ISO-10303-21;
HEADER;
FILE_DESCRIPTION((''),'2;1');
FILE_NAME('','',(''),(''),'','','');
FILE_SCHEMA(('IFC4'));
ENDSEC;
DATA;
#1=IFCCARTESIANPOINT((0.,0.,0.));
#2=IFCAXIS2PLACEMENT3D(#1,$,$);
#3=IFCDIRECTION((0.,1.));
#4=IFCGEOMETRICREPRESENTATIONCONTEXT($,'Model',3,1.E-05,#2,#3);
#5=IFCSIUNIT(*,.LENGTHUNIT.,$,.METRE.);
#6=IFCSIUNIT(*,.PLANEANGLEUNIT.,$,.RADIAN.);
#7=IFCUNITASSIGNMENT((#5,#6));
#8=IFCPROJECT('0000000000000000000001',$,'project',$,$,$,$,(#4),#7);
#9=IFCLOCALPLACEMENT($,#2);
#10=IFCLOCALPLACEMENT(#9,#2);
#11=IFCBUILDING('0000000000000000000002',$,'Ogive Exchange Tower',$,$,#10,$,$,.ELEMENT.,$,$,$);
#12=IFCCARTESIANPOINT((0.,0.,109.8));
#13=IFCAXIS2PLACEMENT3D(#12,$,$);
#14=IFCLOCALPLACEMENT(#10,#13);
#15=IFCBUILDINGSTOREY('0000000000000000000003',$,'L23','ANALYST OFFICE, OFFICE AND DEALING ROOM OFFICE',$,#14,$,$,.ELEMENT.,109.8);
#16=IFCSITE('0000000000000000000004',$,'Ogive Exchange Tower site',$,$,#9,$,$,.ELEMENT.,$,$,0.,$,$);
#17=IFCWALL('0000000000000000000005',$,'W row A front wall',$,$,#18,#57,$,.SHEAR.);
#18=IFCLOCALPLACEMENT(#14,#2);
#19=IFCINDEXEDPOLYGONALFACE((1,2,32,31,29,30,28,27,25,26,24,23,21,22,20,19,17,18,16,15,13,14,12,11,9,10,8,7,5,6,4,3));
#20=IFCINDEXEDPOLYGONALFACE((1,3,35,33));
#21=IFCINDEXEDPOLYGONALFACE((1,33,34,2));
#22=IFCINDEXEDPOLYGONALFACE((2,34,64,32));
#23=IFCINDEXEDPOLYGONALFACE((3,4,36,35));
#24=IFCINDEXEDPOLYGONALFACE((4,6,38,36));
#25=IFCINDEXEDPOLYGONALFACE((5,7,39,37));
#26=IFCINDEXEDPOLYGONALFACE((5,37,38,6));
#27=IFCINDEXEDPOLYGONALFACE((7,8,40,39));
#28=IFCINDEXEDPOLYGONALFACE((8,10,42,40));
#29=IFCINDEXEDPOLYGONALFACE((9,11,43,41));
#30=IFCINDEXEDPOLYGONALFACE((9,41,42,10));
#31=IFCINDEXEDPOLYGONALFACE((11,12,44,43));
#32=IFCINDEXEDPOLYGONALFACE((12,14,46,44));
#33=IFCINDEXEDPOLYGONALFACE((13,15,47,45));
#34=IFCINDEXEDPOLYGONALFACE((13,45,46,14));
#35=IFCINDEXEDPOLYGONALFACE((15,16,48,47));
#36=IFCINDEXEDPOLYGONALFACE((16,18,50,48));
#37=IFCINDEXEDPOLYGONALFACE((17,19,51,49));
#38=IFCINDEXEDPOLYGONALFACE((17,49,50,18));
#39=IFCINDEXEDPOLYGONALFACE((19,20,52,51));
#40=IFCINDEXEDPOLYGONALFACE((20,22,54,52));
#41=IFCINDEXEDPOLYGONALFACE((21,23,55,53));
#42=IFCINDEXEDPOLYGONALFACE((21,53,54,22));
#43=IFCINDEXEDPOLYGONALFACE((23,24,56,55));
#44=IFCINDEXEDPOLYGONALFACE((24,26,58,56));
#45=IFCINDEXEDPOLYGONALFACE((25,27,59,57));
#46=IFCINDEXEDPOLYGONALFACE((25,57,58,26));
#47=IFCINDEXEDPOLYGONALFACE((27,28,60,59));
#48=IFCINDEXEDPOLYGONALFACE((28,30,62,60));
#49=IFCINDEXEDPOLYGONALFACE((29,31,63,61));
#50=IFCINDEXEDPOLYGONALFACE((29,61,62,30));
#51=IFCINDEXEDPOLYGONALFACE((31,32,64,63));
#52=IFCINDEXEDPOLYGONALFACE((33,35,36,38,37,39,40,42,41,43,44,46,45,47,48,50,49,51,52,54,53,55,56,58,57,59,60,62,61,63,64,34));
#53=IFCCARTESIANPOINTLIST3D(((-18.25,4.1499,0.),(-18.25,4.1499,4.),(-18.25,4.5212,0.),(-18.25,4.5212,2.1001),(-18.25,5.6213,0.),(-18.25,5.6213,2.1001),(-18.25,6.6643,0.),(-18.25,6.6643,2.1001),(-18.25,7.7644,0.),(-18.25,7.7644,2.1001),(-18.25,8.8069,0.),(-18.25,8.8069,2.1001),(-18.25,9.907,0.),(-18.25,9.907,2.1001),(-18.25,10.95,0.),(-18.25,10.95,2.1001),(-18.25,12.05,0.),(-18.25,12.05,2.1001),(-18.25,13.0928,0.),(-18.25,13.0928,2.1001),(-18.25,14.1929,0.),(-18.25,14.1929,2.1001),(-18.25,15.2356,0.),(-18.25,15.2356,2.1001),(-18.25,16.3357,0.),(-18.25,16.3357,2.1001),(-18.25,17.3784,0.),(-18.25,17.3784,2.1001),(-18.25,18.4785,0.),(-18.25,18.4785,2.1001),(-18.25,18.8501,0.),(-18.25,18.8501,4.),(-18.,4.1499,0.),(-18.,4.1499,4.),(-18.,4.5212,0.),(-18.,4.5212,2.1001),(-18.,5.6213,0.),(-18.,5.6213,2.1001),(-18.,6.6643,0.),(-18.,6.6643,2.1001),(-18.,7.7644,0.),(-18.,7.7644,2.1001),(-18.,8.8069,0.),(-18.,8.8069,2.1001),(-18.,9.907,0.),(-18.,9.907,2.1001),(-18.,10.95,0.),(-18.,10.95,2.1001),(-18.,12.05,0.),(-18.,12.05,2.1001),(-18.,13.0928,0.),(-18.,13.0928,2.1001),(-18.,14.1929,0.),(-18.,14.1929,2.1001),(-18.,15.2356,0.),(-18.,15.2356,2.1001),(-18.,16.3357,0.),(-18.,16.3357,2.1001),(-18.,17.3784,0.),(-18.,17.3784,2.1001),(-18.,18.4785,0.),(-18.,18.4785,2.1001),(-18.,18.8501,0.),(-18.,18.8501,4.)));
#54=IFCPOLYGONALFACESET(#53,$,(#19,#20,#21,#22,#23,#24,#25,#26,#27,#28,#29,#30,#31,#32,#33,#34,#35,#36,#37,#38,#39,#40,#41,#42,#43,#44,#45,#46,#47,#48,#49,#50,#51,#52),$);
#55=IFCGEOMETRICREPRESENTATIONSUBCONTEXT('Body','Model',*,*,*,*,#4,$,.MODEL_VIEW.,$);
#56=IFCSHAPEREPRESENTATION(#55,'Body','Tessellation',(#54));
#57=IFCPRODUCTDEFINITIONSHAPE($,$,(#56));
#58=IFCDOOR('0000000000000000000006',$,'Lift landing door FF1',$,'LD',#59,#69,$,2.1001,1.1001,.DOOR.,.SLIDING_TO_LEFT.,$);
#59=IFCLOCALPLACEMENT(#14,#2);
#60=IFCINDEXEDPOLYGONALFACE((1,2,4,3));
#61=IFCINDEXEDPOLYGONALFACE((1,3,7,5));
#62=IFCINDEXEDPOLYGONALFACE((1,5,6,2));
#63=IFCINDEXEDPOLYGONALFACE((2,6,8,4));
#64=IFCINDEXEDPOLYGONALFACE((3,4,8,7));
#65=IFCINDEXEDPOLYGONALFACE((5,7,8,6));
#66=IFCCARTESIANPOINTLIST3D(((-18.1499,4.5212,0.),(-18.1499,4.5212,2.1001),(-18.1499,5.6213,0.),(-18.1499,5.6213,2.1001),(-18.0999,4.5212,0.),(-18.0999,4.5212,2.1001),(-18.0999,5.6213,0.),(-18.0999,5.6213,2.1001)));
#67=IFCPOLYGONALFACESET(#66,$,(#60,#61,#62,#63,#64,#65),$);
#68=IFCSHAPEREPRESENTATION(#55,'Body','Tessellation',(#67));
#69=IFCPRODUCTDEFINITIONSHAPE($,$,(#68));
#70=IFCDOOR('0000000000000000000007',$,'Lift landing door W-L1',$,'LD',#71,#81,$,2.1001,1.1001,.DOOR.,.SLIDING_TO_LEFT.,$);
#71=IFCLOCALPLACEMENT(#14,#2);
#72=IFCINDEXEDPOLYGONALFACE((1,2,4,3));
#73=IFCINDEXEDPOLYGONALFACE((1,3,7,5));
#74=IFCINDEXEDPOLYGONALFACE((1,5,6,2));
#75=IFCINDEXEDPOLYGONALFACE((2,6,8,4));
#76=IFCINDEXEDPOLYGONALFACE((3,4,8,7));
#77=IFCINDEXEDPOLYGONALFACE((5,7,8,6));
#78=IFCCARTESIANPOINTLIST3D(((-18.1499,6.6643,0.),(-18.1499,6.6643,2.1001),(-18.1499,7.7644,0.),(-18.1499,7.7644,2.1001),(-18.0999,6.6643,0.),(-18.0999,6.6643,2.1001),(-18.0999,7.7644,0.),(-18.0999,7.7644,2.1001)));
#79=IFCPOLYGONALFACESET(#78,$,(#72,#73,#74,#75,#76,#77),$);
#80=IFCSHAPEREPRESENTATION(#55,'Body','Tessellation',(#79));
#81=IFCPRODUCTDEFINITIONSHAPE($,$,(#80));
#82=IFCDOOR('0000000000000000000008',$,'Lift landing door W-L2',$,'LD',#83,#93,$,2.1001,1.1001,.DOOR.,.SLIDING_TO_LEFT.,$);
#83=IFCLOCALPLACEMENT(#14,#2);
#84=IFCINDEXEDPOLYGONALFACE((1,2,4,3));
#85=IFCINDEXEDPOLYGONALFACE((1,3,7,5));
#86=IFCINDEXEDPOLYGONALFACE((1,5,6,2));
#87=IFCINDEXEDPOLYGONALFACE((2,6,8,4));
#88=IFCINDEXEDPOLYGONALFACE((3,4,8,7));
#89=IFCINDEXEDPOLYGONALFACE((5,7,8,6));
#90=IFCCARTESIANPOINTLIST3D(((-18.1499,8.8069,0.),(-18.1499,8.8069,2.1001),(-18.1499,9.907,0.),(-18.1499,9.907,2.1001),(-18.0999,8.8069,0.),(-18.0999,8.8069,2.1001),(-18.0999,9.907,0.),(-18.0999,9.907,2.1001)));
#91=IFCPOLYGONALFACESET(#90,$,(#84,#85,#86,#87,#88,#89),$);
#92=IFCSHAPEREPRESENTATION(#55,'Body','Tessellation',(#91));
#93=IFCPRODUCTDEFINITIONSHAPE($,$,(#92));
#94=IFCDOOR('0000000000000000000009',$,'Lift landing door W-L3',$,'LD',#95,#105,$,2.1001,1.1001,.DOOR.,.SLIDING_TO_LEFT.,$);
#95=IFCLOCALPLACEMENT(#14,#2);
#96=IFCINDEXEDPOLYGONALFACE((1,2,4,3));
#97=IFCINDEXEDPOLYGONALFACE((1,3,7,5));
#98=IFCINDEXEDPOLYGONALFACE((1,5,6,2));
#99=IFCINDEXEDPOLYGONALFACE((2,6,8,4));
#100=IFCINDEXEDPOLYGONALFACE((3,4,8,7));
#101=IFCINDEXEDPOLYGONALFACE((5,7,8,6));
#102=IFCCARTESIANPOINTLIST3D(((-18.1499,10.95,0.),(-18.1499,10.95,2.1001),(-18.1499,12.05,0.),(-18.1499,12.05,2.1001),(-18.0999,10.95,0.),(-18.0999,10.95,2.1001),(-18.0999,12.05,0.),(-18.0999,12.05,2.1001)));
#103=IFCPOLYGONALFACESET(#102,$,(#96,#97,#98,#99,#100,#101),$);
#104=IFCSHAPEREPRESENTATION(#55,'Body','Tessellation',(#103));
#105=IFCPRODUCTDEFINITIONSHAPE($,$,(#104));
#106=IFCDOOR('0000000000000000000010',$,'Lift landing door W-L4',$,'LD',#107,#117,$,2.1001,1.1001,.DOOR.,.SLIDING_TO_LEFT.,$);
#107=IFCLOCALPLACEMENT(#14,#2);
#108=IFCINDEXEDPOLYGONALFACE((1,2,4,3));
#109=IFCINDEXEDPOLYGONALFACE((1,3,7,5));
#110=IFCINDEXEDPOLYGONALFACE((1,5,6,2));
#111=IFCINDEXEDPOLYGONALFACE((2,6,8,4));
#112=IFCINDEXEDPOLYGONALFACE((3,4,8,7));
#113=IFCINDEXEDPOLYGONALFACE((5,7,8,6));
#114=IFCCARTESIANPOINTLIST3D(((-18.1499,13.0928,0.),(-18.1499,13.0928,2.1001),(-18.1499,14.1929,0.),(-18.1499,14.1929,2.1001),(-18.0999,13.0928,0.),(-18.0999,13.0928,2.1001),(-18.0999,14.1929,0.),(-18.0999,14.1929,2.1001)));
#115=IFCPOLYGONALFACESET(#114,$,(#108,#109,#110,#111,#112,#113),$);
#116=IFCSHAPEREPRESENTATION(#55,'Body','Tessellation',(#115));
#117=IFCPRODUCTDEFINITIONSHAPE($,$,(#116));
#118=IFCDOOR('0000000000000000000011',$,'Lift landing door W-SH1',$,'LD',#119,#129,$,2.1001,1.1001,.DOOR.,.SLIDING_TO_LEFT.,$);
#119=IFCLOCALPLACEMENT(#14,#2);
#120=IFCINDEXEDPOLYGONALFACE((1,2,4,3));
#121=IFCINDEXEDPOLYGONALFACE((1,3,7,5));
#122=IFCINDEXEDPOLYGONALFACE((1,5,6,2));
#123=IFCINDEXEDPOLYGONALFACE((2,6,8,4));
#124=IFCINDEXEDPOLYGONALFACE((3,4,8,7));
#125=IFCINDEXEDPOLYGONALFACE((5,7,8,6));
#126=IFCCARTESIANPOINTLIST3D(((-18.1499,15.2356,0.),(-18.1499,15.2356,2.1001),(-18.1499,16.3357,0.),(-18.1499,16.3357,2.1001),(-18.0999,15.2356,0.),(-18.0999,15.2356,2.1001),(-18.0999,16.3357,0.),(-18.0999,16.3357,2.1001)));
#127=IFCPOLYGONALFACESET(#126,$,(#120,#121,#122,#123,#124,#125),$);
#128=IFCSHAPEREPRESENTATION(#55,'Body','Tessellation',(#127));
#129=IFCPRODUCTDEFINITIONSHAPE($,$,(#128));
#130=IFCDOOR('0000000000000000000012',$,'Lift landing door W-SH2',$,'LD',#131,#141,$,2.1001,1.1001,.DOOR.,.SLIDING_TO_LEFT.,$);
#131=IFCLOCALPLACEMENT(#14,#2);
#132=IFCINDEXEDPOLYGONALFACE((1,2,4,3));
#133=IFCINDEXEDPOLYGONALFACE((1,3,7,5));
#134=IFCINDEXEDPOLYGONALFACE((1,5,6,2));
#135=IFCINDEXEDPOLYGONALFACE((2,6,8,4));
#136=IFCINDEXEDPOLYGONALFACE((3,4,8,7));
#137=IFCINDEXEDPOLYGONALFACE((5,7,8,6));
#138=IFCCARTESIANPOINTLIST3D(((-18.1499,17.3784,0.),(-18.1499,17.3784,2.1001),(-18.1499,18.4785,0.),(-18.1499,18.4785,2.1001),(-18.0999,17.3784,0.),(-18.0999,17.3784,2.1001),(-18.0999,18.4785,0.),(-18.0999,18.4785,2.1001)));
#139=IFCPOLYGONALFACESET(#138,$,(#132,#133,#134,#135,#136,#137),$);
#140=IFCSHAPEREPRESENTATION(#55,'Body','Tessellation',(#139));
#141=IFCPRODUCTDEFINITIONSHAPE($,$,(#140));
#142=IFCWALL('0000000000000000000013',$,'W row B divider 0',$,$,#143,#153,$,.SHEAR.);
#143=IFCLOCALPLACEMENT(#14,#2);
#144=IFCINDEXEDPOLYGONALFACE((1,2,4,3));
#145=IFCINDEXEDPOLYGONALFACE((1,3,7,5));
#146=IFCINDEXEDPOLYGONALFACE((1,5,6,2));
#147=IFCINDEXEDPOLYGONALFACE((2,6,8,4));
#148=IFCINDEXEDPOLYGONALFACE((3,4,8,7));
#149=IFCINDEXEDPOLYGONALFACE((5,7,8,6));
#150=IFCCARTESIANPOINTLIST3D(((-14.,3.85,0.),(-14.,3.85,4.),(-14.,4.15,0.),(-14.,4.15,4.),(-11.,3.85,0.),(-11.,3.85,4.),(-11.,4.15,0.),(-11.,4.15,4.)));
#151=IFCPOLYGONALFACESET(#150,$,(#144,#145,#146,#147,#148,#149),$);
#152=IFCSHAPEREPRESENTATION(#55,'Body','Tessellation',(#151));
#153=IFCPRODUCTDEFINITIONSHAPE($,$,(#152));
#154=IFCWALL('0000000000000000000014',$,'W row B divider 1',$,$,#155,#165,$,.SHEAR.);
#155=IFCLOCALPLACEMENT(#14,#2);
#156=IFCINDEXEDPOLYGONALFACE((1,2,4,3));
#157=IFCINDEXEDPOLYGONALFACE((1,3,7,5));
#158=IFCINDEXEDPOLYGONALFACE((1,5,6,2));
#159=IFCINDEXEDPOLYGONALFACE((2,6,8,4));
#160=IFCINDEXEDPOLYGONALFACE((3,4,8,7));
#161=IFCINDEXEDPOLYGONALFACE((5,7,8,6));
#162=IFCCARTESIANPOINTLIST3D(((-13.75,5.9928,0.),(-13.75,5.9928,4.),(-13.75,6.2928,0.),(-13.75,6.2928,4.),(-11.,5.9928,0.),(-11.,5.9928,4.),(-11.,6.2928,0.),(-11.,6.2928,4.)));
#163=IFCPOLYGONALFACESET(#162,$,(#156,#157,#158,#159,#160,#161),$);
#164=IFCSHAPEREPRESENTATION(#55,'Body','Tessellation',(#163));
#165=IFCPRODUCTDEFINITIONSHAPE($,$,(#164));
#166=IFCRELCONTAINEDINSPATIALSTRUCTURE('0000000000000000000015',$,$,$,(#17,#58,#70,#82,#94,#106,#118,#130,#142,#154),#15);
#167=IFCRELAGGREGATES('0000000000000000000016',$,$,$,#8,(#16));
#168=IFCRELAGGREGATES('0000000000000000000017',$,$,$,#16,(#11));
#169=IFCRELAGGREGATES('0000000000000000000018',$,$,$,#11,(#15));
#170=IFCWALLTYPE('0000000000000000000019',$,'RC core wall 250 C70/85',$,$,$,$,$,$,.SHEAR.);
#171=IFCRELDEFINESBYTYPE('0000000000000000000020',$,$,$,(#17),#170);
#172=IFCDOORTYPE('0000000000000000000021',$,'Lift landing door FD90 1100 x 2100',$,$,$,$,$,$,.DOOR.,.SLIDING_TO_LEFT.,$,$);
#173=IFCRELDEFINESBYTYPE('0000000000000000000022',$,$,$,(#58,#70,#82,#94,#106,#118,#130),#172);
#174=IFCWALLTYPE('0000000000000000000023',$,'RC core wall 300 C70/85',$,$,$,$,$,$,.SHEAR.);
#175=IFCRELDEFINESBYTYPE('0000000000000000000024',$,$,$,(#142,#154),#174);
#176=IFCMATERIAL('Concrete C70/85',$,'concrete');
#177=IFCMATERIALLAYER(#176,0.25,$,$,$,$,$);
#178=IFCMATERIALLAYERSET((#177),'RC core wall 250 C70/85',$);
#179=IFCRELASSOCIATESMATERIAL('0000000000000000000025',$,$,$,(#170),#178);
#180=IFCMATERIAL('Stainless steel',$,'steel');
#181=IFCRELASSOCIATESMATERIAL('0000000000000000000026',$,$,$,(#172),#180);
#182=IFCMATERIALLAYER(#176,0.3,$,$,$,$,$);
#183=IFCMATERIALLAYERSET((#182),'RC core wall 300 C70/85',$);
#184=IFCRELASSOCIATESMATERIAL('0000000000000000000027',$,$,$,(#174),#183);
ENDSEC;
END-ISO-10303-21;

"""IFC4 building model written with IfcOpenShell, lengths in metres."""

from ifc_helpers import new_model, si_unit, direction, frame, frame_2d, origin, place, context, subcontext, project, spatial, rectangle, extrude, material, layer, layer_set, type_object, element, fill, save


model = new_model("IFC4")

# Units and contexts
model_context = context("Model", 3, precision=1e-05, world=origin(), true_north=direction((0.0, 1.0)))
body_context = subcontext(model_context, "Body", "Model", "MODEL_VIEW")
ifc_project = project(units=[si_unit("LENGTHUNIT", "METRE"), si_unit("PLANEANGLEUNIT", "RADIAN")], contexts=[model_context])

# Site, building, storey
site_placement = place(None, origin())
site = spatial("IfcSite", under=ifc_project, at=site_placement, Name="Ogive Exchange Tower site", CompositionType="ELEMENT", RefElevation=0.0)
building_placement = place(site_placement, origin())
building = spatial("IfcBuilding", under=site, at=building_placement, Name="Ogive Exchange Tower", CompositionType="ELEMENT")
storey_placement = place(building_placement, frame((0.0, 0.0, 109.8)))
storey = spatial("IfcBuildingStorey", under=building, at=storey_placement, Name="L23", Description="ANALYST OFFICE, OFFICE AND DEALING ROOM OFFICE", CompositionType="ELEMENT", Elevation=109.8)

# Shared definitions
ifc_material_1 = material(Name="Concrete C70/85", Category="concrete")

# Wall, openings, doors
ifc_layer_1 = layer(ifc_material_1, 0.25)
ifc_layer_set_1 = layer_set([ifc_layer_1], Name="RC core wall 250 C70/85")
wall_type_1 = type_object("IfcWallType", Name="RC core wall 250 C70/85", PredefinedType="SHEAR", material=ifc_layer_set_1)
wall_1_placement = place(storey_placement, frame((-18.125, 4.1499, 0.0), z_axis=(0.0, 0.0, 1.0), x_axis=(0.0, 1.0, 0.0)))
wall_1 = element("IfcWall", 1, at=wall_1_placement, inside=storey, type_object=wall_type_1, Name="W row A front wall", PredefinedType="SHEAR", context=body_context, shape_type="SweptSolid", body=[
    extrude(rectangle(XDim=14.7002, YDim=0.25, at=frame_2d((7.3501, 0.0))), origin(), (0.0, 0.0, 1.0), 4.0),
])
opening_1_placement = place(wall_1_placement, frame((0.3713, 0.0, 0.0)))
opening_1 = element("IfcOpeningElement", 2, at=opening_1_placement, cuts=wall_1, PredefinedType="OPENING", context=body_context, shape_type="SweptSolid", body=[
    extrude(rectangle(XDim=1.1001, YDim=2.1001, at=frame_2d((0.55, 1.05))), frame((0.0, 0.135, 0.0), z_axis=(0.0, -1.0, 0.0), x_axis=(1.0, 0.0, 0.0)), (0.0, 0.0, 1.0), 0.27),
])
opening_2_placement = place(wall_1_placement, frame((2.5144, 0.0, 0.0)))
opening_2 = element("IfcOpeningElement", 3, at=opening_2_placement, cuts=wall_1, PredefinedType="OPENING", context=body_context, shape_type="SweptSolid", body=[
    extrude(rectangle(XDim=1.1001, YDim=2.1001, at=frame_2d((0.55, 1.05))), frame((0.0, 0.135, 0.0), z_axis=(0.0, -1.0, 0.0), x_axis=(1.0, 0.0, 0.0)), (0.0, 0.0, 1.0), 0.27),
])
opening_3_placement = place(wall_1_placement, frame((4.657, 0.0, 0.0)))
opening_3 = element("IfcOpeningElement", 4, at=opening_3_placement, cuts=wall_1, PredefinedType="OPENING", context=body_context, shape_type="SweptSolid", body=[
    extrude(rectangle(XDim=1.1001, YDim=2.1001, at=frame_2d((0.55, 1.05))), frame((0.0, 0.135, 0.0), z_axis=(0.0, -1.0, 0.0), x_axis=(1.0, 0.0, 0.0)), (0.0, 0.0, 1.0), 0.27),
])
opening_4_placement = place(wall_1_placement, frame((6.8, 0.0, 0.0)))
opening_4 = element("IfcOpeningElement", 5, at=opening_4_placement, cuts=wall_1, PredefinedType="OPENING", context=body_context, shape_type="SweptSolid", body=[
    extrude(rectangle(XDim=1.1001, YDim=2.1001, at=frame_2d((0.55, 1.05))), frame((0.0, 0.135, 0.0), z_axis=(0.0, -1.0, 0.0), x_axis=(1.0, 0.0, 0.0)), (0.0, 0.0, 1.0), 0.27),
])
opening_5_placement = place(wall_1_placement, frame((8.9429, 0.0, 0.0)))
opening_5 = element("IfcOpeningElement", 6, at=opening_5_placement, cuts=wall_1, PredefinedType="OPENING", context=body_context, shape_type="SweptSolid", body=[
    extrude(rectangle(XDim=1.1001, YDim=2.1001, at=frame_2d((0.55, 1.05))), frame((0.0, 0.135, 0.0), z_axis=(0.0, -1.0, 0.0), x_axis=(1.0, 0.0, 0.0)), (0.0, 0.0, 1.0), 0.27),
])
opening_6_placement = place(wall_1_placement, frame((11.0857, 0.0, 0.0)))
opening_6 = element("IfcOpeningElement", 7, at=opening_6_placement, cuts=wall_1, PredefinedType="OPENING", context=body_context, shape_type="SweptSolid", body=[
    extrude(rectangle(XDim=1.1001, YDim=2.1001, at=frame_2d((0.55, 1.05))), frame((0.0, 0.135, 0.0), z_axis=(0.0, -1.0, 0.0), x_axis=(1.0, 0.0, 0.0)), (0.0, 0.0, 1.0), 0.27),
])
opening_7_placement = place(wall_1_placement, frame((13.2285, 0.0, 0.0)))
opening_7 = element("IfcOpeningElement", 8, at=opening_7_placement, cuts=wall_1, PredefinedType="OPENING", context=body_context, shape_type="SweptSolid", body=[
    extrude(rectangle(XDim=1.1001, YDim=2.1001, at=frame_2d((0.55, 1.05))), frame((0.0, 0.135, 0.0), z_axis=(0.0, -1.0, 0.0), x_axis=(1.0, 0.0, 0.0)), (0.0, 0.0, 1.0), 0.27),
])
ifc_material_2 = material(Name="Stainless steel", Category="steel")
door_type_1 = type_object("IfcDoorType", Name="Lift landing door FD90 1100 x 2100", OperationType="SLIDING_TO_LEFT", PredefinedType="DOOR", material=ifc_material_2)
door_1_placement = place(opening_1_placement, origin())
door_1 = element("IfcDoor", 9, at=door_1_placement, inside=storey, type_object=door_type_1, Name="Lift landing door FF1", ObjectType="LD", OperationType="SLIDING_TO_LEFT", OverallHeight=2.1001, OverallWidth=1.1001, PredefinedType="DOOR", context=body_context, shape_type="SweptSolid", body=[
    extrude(rectangle(XDim=1.1001, YDim=2.1001, at=frame_2d((0.55, 1.05))), frame((0.0, 0.0249, 0.0), z_axis=(0.0, -1.0, 0.0), x_axis=(1.0, 0.0, 0.0)), (0.0, 0.0, 1.0), 0.05),
])
fill(opening_1, door_1)
door_2_placement = place(opening_2_placement, origin())
door_2 = element("IfcDoor", 10, at=door_2_placement, inside=storey, type_object=door_type_1, Name="Lift landing door W-L1", ObjectType="LD", OperationType="SLIDING_TO_LEFT", OverallHeight=2.1001, OverallWidth=1.1001, PredefinedType="DOOR", context=body_context, shape_type="SweptSolid", body=[
    extrude(rectangle(XDim=1.1001, YDim=2.1001, at=frame_2d((0.55, 1.05))), frame((0.0, 0.0249, 0.0), z_axis=(0.0, -1.0, 0.0), x_axis=(1.0, 0.0, 0.0)), (0.0, 0.0, 1.0), 0.05),
])
fill(opening_2, door_2)
door_3_placement = place(opening_3_placement, origin())
door_3 = element("IfcDoor", 11, at=door_3_placement, inside=storey, type_object=door_type_1, Name="Lift landing door W-L2", ObjectType="LD", OperationType="SLIDING_TO_LEFT", OverallHeight=2.1001, OverallWidth=1.1001, PredefinedType="DOOR", context=body_context, shape_type="SweptSolid", body=[
    extrude(rectangle(XDim=1.1001, YDim=2.1001, at=frame_2d((0.55, 1.05))), frame((0.0, 0.0249, 0.0), z_axis=(0.0, -1.0, 0.0), x_axis=(1.0, 0.0, 0.0)), (0.0, 0.0, 1.0), 0.05),
])
fill(opening_3, door_3)
door_4_placement = place(opening_4_placement, origin())
door_4 = element("IfcDoor", 12, at=door_4_placement, inside=storey, type_object=door_type_1, Name="Lift landing door W-L3", ObjectType="LD", OperationType="SLIDING_TO_LEFT", OverallHeight=2.1001, OverallWidth=1.1001, PredefinedType="DOOR", context=body_context, shape_type="SweptSolid", body=[
    extrude(rectangle(XDim=1.1001, YDim=2.1001, at=frame_2d((0.55, 1.05))), frame((0.0, 0.0249, 0.0), z_axis=(0.0, -1.0, 0.0), x_axis=(1.0, 0.0, 0.0)), (0.0, 0.0, 1.0), 0.05),
])
fill(opening_4, door_4)
door_5_placement = place(opening_5_placement, origin())
door_5 = element("IfcDoor", 13, at=door_5_placement, inside=storey, type_object=door_type_1, Name="Lift landing door W-L4", ObjectType="LD", OperationType="SLIDING_TO_LEFT", OverallHeight=2.1001, OverallWidth=1.1001, PredefinedType="DOOR", context=body_context, shape_type="SweptSolid", body=[
    extrude(rectangle(XDim=1.1001, YDim=2.1001, at=frame_2d((0.55, 1.05))), frame((0.0, 0.0249, 0.0), z_axis=(0.0, -1.0, 0.0), x_axis=(1.0, 0.0, 0.0)), (0.0, 0.0, 1.0), 0.05),
])
fill(opening_5, door_5)
door_6_placement = place(opening_6_placement, origin())
door_6 = element("IfcDoor", 14, at=door_6_placement, inside=storey, type_object=door_type_1, Name="Lift landing door W-SH1", ObjectType="LD", OperationType="SLIDING_TO_LEFT", OverallHeight=2.1001, OverallWidth=1.1001, PredefinedType="DOOR", context=body_context, shape_type="SweptSolid", body=[
    extrude(rectangle(XDim=1.1001, YDim=2.1001, at=frame_2d((0.55, 1.05))), frame((0.0, 0.0249, 0.0), z_axis=(0.0, -1.0, 0.0), x_axis=(1.0, 0.0, 0.0)), (0.0, 0.0, 1.0), 0.05),
])
fill(opening_6, door_6)
door_7_placement = place(opening_7_placement, origin())
door_7 = element("IfcDoor", 15, at=door_7_placement, inside=storey, type_object=door_type_1, Name="Lift landing door W-SH2", ObjectType="LD", OperationType="SLIDING_TO_LEFT", OverallHeight=2.1001, OverallWidth=1.1001, PredefinedType="DOOR", context=body_context, shape_type="SweptSolid", body=[
    extrude(rectangle(XDim=1.1001, YDim=2.1001, at=frame_2d((0.55, 1.05))), frame((0.0, 0.0249, 0.0), z_axis=(0.0, -1.0, 0.0), x_axis=(1.0, 0.0, 0.0)), (0.0, 0.0, 1.0), 0.05),
])
fill(opening_7, door_7)

# Walls
ifc_layer_2 = layer(ifc_material_1, 0.3)
ifc_layer_set_2 = layer_set([ifc_layer_2], Name="RC core wall 300 C70/85")
wall_type_2 = type_object("IfcWallType", Name="RC core wall 300 C70/85", PredefinedType="SHEAR", material=ifc_layer_set_2)
wall_2_placement = place(storey_placement, frame((-14.0, 4.0, 0.0), z_axis=(0.0, 0.0, 1.0), x_axis=(1.0, 0.0, 0.0)))
element("IfcWall", 16, at=wall_2_placement, inside=storey, type_object=wall_type_2, Name="W row B divider 0", PredefinedType="SHEAR", context=body_context, shape_type="SweptSolid", body=[
    extrude(rectangle(XDim=3.0, YDim=0.3, at=frame_2d((1.5, 0.0))), origin(), (0.0, 0.0, 1.0), 4.0),
])
wall_3_placement = place(storey_placement, frame((-13.75, 6.1428, 0.0), z_axis=(0.0, 0.0, 1.0), x_axis=(1.0, 0.0, 0.0)))
element("IfcWall", 17, at=wall_3_placement, inside=storey, type_object=wall_type_2, Name="W row B divider 1", PredefinedType="SHEAR", context=body_context, shape_type="SweptSolid", body=[
    extrude(rectangle(XDim=2.75, YDim=0.3, at=frame_2d((1.375, 0.0))), origin(), (0.0, 0.0, 1.0), 4.0),
])

save(model, "model.ifc")
